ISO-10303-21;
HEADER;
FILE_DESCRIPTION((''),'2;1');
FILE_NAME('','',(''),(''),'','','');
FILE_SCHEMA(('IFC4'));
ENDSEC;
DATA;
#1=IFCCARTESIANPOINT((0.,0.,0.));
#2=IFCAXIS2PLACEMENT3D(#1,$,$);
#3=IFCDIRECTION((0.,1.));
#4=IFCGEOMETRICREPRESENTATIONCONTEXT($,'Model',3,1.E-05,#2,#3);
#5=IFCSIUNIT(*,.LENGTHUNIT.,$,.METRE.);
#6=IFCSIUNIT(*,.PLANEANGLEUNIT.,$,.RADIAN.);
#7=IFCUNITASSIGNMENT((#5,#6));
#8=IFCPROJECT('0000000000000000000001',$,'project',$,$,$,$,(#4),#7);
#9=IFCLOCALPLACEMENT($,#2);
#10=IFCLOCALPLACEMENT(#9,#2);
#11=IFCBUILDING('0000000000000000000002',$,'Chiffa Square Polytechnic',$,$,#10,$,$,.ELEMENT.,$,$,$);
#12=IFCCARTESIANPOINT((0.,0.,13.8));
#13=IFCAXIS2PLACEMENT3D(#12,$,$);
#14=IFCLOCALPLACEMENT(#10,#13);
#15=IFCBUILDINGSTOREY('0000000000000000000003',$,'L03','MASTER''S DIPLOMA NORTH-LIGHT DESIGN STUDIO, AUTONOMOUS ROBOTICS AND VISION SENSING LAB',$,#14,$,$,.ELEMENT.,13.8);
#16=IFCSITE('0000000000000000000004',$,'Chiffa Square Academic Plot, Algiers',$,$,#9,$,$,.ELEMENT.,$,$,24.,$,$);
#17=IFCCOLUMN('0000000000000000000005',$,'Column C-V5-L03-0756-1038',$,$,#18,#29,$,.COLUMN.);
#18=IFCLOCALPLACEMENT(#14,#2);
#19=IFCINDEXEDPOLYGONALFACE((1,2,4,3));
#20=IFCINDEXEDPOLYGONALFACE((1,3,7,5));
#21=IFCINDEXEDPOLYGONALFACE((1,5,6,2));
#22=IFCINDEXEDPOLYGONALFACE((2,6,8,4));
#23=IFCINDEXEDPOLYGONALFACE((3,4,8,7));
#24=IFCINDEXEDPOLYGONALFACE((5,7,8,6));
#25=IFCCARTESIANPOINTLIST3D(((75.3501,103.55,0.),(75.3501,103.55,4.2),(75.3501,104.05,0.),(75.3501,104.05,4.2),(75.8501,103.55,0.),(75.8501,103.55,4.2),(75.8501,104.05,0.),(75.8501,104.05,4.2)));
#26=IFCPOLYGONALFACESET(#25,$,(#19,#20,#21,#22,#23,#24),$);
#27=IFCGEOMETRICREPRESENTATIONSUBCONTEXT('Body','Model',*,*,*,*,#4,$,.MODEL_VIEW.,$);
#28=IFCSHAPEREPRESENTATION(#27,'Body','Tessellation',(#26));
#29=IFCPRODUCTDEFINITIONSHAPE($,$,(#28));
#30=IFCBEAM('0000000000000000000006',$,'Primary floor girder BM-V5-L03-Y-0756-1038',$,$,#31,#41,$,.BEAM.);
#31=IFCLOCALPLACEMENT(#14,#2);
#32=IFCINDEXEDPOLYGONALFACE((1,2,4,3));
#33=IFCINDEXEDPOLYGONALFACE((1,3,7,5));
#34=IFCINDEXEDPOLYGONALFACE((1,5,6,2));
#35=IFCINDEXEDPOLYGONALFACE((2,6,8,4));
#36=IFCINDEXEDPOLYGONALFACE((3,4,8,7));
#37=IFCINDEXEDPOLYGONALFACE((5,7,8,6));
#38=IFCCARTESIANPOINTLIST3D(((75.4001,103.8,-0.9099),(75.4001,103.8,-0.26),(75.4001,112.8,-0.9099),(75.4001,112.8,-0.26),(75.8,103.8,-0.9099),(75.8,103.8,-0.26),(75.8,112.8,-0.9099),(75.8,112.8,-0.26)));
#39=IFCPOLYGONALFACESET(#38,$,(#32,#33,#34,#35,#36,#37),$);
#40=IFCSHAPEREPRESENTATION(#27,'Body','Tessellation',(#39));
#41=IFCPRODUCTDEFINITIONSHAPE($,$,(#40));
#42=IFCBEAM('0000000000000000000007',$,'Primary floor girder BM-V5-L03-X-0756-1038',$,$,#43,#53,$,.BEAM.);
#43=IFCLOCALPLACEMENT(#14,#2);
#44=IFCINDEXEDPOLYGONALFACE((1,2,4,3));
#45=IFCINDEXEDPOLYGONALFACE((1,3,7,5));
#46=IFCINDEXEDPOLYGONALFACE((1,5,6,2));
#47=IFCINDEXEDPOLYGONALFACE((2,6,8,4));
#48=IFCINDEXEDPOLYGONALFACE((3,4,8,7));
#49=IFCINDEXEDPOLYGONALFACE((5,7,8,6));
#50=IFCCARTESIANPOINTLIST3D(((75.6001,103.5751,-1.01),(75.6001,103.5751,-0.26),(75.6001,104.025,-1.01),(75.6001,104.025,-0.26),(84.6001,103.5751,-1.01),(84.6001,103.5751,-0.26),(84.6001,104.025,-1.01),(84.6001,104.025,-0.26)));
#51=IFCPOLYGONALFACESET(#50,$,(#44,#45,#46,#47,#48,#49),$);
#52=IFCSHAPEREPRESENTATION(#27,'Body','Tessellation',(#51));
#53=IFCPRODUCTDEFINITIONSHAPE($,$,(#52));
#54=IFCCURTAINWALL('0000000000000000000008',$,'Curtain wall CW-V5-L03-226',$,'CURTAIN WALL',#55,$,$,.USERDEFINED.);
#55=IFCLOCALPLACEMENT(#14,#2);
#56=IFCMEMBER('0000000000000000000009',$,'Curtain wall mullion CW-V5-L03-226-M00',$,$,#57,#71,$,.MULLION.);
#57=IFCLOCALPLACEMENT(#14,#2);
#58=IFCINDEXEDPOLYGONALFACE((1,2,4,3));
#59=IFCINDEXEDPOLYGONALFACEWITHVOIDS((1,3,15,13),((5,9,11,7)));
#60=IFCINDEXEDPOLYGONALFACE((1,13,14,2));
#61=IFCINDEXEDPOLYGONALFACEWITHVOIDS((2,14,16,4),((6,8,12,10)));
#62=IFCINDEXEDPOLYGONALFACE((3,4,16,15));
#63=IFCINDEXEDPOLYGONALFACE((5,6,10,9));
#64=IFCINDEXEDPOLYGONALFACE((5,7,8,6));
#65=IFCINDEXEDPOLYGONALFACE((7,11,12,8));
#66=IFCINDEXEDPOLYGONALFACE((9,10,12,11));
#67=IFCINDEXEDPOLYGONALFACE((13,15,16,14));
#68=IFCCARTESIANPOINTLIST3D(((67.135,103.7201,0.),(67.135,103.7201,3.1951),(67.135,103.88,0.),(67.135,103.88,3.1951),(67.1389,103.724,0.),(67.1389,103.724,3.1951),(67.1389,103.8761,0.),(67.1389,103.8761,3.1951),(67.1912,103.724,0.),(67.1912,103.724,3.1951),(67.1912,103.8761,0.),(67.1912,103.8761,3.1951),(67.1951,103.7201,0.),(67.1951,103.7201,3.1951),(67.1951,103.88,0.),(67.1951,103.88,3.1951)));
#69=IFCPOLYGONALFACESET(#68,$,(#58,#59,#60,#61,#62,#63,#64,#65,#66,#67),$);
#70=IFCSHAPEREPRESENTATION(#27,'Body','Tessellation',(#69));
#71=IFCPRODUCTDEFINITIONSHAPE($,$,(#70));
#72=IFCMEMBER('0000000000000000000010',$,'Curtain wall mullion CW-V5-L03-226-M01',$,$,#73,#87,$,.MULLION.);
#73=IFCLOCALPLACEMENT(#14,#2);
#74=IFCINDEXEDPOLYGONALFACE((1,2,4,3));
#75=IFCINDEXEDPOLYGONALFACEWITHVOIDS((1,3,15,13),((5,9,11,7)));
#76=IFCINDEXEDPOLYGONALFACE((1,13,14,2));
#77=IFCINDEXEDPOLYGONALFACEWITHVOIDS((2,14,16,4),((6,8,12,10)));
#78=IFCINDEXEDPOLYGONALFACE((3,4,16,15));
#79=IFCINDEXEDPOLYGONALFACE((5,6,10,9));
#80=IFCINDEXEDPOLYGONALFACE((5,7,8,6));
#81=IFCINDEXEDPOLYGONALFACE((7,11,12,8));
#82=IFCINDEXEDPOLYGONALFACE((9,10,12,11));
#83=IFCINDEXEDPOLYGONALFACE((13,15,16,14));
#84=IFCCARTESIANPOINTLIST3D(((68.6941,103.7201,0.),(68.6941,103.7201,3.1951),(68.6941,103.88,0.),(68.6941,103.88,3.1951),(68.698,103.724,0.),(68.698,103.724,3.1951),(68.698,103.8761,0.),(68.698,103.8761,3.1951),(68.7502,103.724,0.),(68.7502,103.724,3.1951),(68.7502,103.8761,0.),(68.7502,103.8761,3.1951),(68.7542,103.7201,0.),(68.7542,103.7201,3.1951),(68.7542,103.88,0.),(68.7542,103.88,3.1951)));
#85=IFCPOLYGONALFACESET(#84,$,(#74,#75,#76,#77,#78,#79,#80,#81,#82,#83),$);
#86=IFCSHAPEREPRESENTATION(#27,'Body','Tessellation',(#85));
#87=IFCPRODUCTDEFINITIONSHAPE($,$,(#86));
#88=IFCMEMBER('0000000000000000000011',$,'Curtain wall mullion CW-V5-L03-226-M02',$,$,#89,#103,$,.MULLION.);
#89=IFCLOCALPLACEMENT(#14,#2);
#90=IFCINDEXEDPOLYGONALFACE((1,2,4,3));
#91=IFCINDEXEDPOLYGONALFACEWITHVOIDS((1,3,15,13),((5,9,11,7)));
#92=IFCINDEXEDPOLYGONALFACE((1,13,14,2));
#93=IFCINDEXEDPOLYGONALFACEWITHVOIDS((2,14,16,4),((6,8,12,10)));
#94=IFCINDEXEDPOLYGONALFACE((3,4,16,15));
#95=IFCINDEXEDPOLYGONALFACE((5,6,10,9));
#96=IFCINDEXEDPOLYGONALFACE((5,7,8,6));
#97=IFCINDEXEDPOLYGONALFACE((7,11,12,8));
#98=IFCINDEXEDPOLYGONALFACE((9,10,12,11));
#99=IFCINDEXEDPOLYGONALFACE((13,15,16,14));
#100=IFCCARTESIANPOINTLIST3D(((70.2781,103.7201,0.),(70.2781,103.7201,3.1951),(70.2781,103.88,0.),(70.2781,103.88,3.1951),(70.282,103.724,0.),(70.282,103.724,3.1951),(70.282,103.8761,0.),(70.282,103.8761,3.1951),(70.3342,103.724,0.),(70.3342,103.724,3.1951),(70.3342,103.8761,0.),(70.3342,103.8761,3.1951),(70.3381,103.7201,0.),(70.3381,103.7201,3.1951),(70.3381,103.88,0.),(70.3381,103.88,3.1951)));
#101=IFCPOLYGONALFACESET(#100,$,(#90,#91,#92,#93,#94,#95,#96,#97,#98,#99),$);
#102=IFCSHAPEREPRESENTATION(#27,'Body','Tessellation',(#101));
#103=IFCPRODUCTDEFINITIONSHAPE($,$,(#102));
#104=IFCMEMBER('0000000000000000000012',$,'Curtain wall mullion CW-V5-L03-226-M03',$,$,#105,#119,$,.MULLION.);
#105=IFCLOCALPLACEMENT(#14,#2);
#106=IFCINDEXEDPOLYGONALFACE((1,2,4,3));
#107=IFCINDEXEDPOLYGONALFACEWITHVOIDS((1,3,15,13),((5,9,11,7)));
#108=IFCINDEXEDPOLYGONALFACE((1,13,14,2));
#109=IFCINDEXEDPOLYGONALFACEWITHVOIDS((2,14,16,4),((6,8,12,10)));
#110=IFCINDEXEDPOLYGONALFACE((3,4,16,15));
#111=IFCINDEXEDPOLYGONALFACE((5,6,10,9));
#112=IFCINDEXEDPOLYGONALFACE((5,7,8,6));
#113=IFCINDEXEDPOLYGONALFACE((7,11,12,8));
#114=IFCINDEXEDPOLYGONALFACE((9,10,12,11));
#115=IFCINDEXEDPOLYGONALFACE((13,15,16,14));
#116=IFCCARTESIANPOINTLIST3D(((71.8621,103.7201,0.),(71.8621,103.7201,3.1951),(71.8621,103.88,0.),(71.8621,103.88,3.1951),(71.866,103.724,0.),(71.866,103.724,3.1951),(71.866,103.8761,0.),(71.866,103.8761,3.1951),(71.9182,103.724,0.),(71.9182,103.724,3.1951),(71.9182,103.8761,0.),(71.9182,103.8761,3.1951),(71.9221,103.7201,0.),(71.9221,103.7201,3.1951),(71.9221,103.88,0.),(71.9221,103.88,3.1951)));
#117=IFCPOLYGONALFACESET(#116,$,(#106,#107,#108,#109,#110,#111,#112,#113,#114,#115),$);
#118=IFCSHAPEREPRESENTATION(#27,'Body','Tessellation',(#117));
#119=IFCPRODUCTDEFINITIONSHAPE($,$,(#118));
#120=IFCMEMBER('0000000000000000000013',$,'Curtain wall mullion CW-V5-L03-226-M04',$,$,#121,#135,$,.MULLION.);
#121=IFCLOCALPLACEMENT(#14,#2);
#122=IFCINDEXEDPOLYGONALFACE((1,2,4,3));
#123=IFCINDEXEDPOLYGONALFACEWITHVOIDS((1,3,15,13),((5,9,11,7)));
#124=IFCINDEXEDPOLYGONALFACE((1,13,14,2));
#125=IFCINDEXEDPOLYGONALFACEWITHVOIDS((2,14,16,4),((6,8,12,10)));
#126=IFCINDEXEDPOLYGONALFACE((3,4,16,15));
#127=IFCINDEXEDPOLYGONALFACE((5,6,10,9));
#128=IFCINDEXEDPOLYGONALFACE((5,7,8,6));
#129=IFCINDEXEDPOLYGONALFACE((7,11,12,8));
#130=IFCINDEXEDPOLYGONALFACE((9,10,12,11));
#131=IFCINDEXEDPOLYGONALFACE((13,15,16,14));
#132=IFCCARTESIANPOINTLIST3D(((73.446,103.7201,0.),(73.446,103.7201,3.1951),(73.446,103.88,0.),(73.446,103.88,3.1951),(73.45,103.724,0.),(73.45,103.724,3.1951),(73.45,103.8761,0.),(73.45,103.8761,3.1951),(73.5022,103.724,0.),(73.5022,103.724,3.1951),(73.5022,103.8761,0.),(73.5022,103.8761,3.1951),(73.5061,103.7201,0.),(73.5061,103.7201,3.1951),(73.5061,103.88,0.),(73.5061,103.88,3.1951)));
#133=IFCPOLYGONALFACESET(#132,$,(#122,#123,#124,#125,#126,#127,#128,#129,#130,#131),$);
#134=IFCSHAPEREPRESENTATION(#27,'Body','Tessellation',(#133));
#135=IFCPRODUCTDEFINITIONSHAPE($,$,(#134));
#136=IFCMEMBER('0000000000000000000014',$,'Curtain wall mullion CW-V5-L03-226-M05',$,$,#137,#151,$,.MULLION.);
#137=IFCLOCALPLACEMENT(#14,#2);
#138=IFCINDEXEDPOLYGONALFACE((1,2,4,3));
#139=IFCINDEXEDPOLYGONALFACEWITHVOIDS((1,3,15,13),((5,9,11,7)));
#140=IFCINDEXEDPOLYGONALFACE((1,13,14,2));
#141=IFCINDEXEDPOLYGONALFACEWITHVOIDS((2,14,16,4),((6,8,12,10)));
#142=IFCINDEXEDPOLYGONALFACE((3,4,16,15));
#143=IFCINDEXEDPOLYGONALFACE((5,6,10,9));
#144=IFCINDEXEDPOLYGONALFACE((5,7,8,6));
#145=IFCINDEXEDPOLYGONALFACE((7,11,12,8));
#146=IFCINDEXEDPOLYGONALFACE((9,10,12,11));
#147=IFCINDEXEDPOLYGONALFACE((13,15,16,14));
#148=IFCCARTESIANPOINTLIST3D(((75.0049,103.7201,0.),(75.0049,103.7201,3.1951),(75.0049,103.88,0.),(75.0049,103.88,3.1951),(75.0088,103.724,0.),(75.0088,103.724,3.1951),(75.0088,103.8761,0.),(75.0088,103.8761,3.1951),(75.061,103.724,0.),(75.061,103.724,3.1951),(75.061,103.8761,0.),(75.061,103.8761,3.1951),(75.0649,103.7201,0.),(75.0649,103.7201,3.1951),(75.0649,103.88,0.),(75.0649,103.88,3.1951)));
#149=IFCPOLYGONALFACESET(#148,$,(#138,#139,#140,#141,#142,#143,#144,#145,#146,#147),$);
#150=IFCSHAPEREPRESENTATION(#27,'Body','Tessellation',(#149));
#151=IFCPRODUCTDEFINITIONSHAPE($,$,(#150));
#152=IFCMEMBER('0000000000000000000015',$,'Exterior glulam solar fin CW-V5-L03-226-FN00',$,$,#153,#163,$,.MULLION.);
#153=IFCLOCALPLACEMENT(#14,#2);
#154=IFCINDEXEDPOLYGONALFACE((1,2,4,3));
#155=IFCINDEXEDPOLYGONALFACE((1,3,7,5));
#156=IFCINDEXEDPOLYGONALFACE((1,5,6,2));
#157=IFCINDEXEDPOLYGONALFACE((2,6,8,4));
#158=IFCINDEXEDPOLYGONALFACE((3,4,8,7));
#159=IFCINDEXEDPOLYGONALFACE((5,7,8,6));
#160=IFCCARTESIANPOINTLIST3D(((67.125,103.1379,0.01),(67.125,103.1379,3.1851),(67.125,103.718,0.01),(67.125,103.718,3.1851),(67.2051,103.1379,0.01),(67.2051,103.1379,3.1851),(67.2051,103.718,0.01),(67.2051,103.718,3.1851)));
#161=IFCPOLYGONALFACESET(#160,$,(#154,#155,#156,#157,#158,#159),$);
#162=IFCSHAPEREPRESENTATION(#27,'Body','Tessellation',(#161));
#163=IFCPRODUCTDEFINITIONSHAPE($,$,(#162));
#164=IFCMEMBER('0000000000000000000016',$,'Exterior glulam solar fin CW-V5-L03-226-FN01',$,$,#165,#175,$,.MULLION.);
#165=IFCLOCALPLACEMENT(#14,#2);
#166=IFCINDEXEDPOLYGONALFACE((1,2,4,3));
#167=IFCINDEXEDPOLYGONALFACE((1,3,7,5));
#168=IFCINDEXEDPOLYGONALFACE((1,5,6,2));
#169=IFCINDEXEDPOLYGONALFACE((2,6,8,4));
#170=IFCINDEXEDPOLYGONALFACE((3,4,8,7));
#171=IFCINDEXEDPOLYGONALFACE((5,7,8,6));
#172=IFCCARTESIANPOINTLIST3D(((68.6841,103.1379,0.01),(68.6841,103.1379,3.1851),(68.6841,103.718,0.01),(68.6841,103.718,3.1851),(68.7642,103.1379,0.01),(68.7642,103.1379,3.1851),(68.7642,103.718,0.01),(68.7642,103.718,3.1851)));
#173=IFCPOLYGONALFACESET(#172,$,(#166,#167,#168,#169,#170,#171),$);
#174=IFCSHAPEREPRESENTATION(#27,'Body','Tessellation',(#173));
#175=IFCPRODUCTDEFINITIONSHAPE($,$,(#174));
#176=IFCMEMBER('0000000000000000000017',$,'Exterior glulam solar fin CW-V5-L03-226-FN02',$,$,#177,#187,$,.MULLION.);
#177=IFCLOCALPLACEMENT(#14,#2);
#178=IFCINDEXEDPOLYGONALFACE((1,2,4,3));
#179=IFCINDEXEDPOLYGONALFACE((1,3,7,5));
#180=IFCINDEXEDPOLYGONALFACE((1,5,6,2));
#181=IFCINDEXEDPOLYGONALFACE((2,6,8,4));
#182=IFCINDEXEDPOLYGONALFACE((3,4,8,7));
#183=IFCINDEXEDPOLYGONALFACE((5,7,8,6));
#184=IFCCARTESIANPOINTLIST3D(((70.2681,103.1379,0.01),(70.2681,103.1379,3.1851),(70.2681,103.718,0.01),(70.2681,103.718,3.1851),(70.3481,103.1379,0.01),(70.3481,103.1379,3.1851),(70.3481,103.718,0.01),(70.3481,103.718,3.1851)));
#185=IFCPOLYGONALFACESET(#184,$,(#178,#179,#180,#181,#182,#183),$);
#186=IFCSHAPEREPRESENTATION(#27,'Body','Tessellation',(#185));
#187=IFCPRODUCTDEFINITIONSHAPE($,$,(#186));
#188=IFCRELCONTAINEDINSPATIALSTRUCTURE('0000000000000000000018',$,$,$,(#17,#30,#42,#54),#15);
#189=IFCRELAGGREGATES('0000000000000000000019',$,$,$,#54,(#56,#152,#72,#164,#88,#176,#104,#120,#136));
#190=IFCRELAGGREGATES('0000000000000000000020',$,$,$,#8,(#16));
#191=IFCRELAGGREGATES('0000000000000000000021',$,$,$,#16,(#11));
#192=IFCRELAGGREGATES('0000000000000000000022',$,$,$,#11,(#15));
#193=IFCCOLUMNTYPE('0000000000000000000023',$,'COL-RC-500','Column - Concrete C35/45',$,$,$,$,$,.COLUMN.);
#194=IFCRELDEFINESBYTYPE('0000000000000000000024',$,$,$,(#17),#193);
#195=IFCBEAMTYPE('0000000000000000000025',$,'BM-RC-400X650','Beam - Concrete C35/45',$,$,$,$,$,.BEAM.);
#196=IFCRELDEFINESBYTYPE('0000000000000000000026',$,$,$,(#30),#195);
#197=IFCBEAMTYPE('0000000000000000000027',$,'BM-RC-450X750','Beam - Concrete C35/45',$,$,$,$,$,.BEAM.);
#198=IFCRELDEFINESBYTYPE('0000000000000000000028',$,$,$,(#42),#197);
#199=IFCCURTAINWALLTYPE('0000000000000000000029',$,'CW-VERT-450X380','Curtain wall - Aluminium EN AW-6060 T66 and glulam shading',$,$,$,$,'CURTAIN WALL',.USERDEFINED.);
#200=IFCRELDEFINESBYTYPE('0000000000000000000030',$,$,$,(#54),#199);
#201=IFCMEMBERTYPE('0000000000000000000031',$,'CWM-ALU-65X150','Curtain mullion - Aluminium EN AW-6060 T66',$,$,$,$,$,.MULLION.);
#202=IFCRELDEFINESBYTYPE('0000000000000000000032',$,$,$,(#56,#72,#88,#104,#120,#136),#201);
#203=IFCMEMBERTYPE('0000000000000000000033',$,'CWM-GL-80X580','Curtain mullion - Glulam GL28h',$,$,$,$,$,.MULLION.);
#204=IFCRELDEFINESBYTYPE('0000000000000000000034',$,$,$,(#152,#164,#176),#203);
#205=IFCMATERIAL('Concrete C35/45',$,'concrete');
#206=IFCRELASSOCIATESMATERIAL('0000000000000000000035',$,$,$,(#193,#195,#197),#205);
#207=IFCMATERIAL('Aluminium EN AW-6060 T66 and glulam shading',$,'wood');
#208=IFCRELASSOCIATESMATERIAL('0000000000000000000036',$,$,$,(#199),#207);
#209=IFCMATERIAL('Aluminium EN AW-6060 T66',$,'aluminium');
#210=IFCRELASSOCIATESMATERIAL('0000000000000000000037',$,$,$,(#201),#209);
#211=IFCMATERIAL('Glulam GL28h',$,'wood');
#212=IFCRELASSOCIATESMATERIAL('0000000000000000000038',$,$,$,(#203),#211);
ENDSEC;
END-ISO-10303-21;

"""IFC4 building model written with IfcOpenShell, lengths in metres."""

from ifc_helpers import new_model, si_unit, direction, frame, origin, origin_2d, place, context, subcontext, project, spatial, rectangle, hollow_rectangle, extrude, material, material_profile, profile_set, type_object, element, aggregate, save


model = new_model("IFC4")

# Units and contexts
model_context = context("Model", 3, precision=1e-05, world=origin(), true_north=direction((0.0, 1.0)))
body_context = subcontext(model_context, "Body", "Model", "MODEL_VIEW")
ifc_project = project(units=[si_unit("LENGTHUNIT", "METRE"), si_unit("PLANEANGLEUNIT", "RADIAN")], contexts=[model_context])

# Site, building, storey
site_placement = place(None, origin())
site = spatial("IfcSite", under=ifc_project, at=site_placement, Name="Chiffa Square Academic Plot, Algiers", CompositionType="ELEMENT", RefElevation=24.0)
building_placement = place(site_placement, origin())
building = spatial("IfcBuilding", under=site, at=building_placement, Name="Chiffa Square Polytechnic", CompositionType="ELEMENT")
storey_placement = place(building_placement, frame((0.0, 0.0, 13.8)))
storey = spatial("IfcBuildingStorey", under=building, at=storey_placement, Name="L03", Description="MASTER'S DIPLOMA NORTH-LIGHT DESIGN STUDIO, AUTONOMOUS ROBOTICS AND VISION SENSING LAB", CompositionType="ELEMENT", Elevation=13.8)

# Column
ifc_material_1 = material(Name="Concrete C35/45", Category="concrete")
ifc_material_profile_1 = material_profile(ifc_material_1, rectangle(XDim=0.5, YDim=0.5, at=origin_2d()), Name="RC 500x500")
ifc_profile_set_1 = profile_set([ifc_material_profile_1], Name="Concrete C35/45")
column_type = type_object("IfcColumnType", Name="COL-RC-500", Description="Column - Concrete C35/45", PredefinedType="COLUMN", material=ifc_profile_set_1)
column_placement = place(storey_placement, frame((75.6001, 103.8, 0.0), z_axis=(0.0, 0.0, 1.0), x_axis=(1.0, 0.0, 0.0)))
element("IfcColumn", 1, at=column_placement, inside=storey, type_object=column_type, Name="Column C-V5-L03-0756-1038", PredefinedType="COLUMN", context=body_context, shape_type="SweptSolid", body=[
    extrude(rectangle(XDim=0.5, YDim=0.5, at=origin_2d()), origin(), (0.0, 0.0, 1.0), 4.2),
])

# Beams
ifc_material_profile_2 = material_profile(ifc_material_1, rectangle(XDim=0.3999, YDim=0.6499, at=origin_2d()), Name="RC 400x650")
ifc_profile_set_2 = profile_set([ifc_material_profile_2], Name="Concrete C35/45")
beam_type_1 = type_object("IfcBeamType", Name="BM-RC-400X650", Description="Beam - Concrete C35/45", PredefinedType="BEAM", material=ifc_profile_set_2)
beam_1_placement = place(storey_placement, frame((75.6001, 103.8, -0.585), z_axis=(0.0, 1.0, 0.0), x_axis=(-1.0, 0.0, 0.0)))
element("IfcBeam", 2, at=beam_1_placement, inside=storey, type_object=beam_type_1, Name="Primary floor girder BM-V5-L03-Y-0756-1038", PredefinedType="BEAM", context=body_context, shape_type="SweptSolid", body=[
    extrude(rectangle(XDim=0.3999, YDim=0.6499, at=origin_2d()), origin(), (0.0, 0.0, 1.0), 9.0),
])
ifc_material_profile_3 = material_profile(ifc_material_1, rectangle(XDim=0.45, YDim=0.75, at=origin_2d()), Name="RC 450x750")
ifc_profile_set_3 = profile_set([ifc_material_profile_3], Name="Concrete C35/45")
beam_type_2 = type_object("IfcBeamType", Name="BM-RC-450X750", Description="Beam - Concrete C35/45", PredefinedType="BEAM", material=ifc_profile_set_3)
beam_2_placement = place(storey_placement, frame((75.6001, 103.8, -0.635), z_axis=(1.0, 0.0, 0.0), x_axis=(0.0, 1.0, 0.0)))
element("IfcBeam", 3, at=beam_2_placement, inside=storey, type_object=beam_type_2, Name="Primary floor girder BM-V5-L03-X-0756-1038", PredefinedType="BEAM", context=body_context, shape_type="SweptSolid", body=[
    extrude(rectangle(XDim=0.45, YDim=0.75, at=origin_2d()), origin(), (0.0, 0.0, 1.0), 9.0),
])

# Curtain wall, members
ifc_material_2 = material(Name="Aluminium EN AW-6060 T66 and glulam shading", Category="wood")
curtain_wall_type = type_object("IfcCurtainWallType", Name="CW-VERT-450X380", Description="Curtain wall - Aluminium EN AW-6060 T66 and glulam shading", ElementType="CURTAIN WALL", PredefinedType="USERDEFINED", material=ifc_material_2)
curtain_wall_placement = place(storey_placement, origin())
curtain_wall = element("IfcCurtainWall", 4, at=curtain_wall_placement, inside=storey, type_object=curtain_wall_type, Name="Curtain wall CW-V5-L03-226", ObjectType="CURTAIN WALL", PredefinedType="USERDEFINED")
ifc_material_3 = material(Name="Aluminium EN AW-6060 T66", Category="aluminium")
ifc_material_profile_4 = material_profile(ifc_material_3, hollow_rectangle(XDim=0.0601, YDim=0.1599, WallThickness=0.0039, at=origin_2d()), Name="ALU 60x160x4")
ifc_profile_set_4 = profile_set([ifc_material_profile_4], Name="Aluminium EN AW-6060 T66")
member_type_1 = type_object("IfcMemberType", Name="CWM-ALU-65X150", Description="Curtain mullion - Aluminium EN AW-6060 T66", PredefinedType="MULLION", material=ifc_profile_set_4)
member_1_placement = place(storey_placement, frame((67.165, 103.8, 0.0), z_axis=(0.0, 0.0, 1.0), x_axis=(1.0, 0.0, 0.0)))
member_1 = element("IfcMember", 5, at=member_1_placement, type_object=member_type_1, Name="Curtain wall mullion CW-V5-L03-226-M00", PredefinedType="MULLION", context=body_context, shape_type="SweptSolid", body=[
    extrude(hollow_rectangle(XDim=0.0601, YDim=0.1599, WallThickness=0.0039, at=origin_2d()), origin(), (0.0, 0.0, 1.0), 3.1951),
])
member_2_placement = place(storey_placement, frame((68.7241, 103.8, 0.0), z_axis=(0.0, 0.0, 1.0), x_axis=(1.0, 0.0, 0.0)))
member_2 = element("IfcMember", 6, at=member_2_placement, type_object=member_type_1, Name="Curtain wall mullion CW-V5-L03-226-M01", PredefinedType="MULLION", context=body_context, shape_type="SweptSolid", body=[
    extrude(hollow_rectangle(XDim=0.0601, YDim=0.1599, WallThickness=0.0039, at=origin_2d()), origin(), (0.0, 0.0, 1.0), 3.1951),
])
member_3_placement = place(storey_placement, frame((70.3081, 103.8, 0.0), z_axis=(0.0, 0.0, 1.0), x_axis=(1.0, 0.0, 0.0)))
member_3 = element("IfcMember", 7, at=member_3_placement, type_object=member_type_1, Name="Curtain wall mullion CW-V5-L03-226-M02", PredefinedType="MULLION", context=body_context, shape_type="SweptSolid", body=[
    extrude(hollow_rectangle(XDim=0.0601, YDim=0.1599, WallThickness=0.0039, at=origin_2d()), origin(), (0.0, 0.0, 1.0), 3.1951),
])
member_4_placement = place(storey_placement, frame((71.8921, 103.8, 0.0), z_axis=(0.0, 0.0, 1.0), x_axis=(1.0, 0.0, 0.0)))
member_4 = element("IfcMember", 8, at=member_4_placement, type_object=member_type_1, Name="Curtain wall mullion CW-V5-L03-226-M03", PredefinedType="MULLION", context=body_context, shape_type="SweptSolid", body=[
    extrude(hollow_rectangle(XDim=0.0601, YDim=0.1599, WallThickness=0.0039, at=origin_2d()), origin(), (0.0, 0.0, 1.0), 3.1951),
])
member_5_placement = place(storey_placement, frame((73.4761, 103.8, 0.0), z_axis=(0.0, 0.0, 1.0), x_axis=(1.0, 0.0, 0.0)))
member_5 = element("IfcMember", 9, at=member_5_placement, type_object=member_type_1, Name="Curtain wall mullion CW-V5-L03-226-M04", PredefinedType="MULLION", context=body_context, shape_type="SweptSolid", body=[
    extrude(hollow_rectangle(XDim=0.0601, YDim=0.1599, WallThickness=0.0039, at=origin_2d()), origin(), (0.0, 0.0, 1.0), 3.1951),
])
member_6_placement = place(storey_placement, frame((75.0349, 103.8, 0.0), z_axis=(0.0, 0.0, 1.0), x_axis=(1.0, 0.0, 0.0)))
member_6 = element("IfcMember", 10, at=member_6_placement, type_object=member_type_1, Name="Curtain wall mullion CW-V5-L03-226-M05", PredefinedType="MULLION", context=body_context, shape_type="SweptSolid", body=[
    extrude(hollow_rectangle(XDim=0.0601, YDim=0.1599, WallThickness=0.0039, at=origin_2d()), origin(), (0.0, 0.0, 1.0), 3.1951),
])
ifc_material_4 = material(Name="Glulam GL28h", Category="wood")
ifc_material_profile_5 = material_profile(ifc_material_4, rectangle(XDim=0.0801, YDim=0.5801, at=origin_2d()), Name="GL28h 80x580")
ifc_profile_set_5 = profile_set([ifc_material_profile_5], Name="Glulam GL28h")
member_type_2 = type_object("IfcMemberType", Name="CWM-GL-80X580", Description="Curtain mullion - Glulam GL28h", PredefinedType="MULLION", material=ifc_profile_set_5)
member_7_placement = place(storey_placement, frame((67.165, 103.428, 0.01), z_axis=(0.0, 0.0, 1.0), x_axis=(1.0, 0.0, 0.0)))
member_7 = element("IfcMember", 11, at=member_7_placement, type_object=member_type_2, Name="Exterior glulam solar fin CW-V5-L03-226-FN00", PredefinedType="MULLION", context=body_context, shape_type="SweptSolid", body=[
    extrude(rectangle(XDim=0.0801, YDim=0.5801, at=origin_2d()), origin(), (0.0, 0.0, 1.0), 3.175),
])
member_8_placement = place(storey_placement, frame((68.7241, 103.428, 0.01), z_axis=(0.0, 0.0, 1.0), x_axis=(1.0, 0.0, 0.0)))
member_8 = element("IfcMember", 12, at=member_8_placement, type_object=member_type_2, Name="Exterior glulam solar fin CW-V5-L03-226-FN01", PredefinedType="MULLION", context=body_context, shape_type="SweptSolid", body=[
    extrude(rectangle(XDim=0.0801, YDim=0.5801, at=origin_2d()), origin(), (0.0, 0.0, 1.0), 3.175),
])
member_9_placement = place(storey_placement, frame((70.3081, 103.428, 0.01), z_axis=(0.0, 0.0, 1.0), x_axis=(1.0, 0.0, 0.0)))
member_9 = element("IfcMember", 13, at=member_9_placement, type_object=member_type_2, Name="Exterior glulam solar fin CW-V5-L03-226-FN02", PredefinedType="MULLION", context=body_context, shape_type="SweptSolid", body=[
    extrude(rectangle(XDim=0.0801, YDim=0.5801, at=origin_2d()), origin(), (0.0, 0.0, 1.0), 3.175),
])

aggregate(curtain_wall, [member_1, member_7, member_2, member_8, member_3, member_9, member_4, member_5, member_6])

save(model, "model.ifc")
